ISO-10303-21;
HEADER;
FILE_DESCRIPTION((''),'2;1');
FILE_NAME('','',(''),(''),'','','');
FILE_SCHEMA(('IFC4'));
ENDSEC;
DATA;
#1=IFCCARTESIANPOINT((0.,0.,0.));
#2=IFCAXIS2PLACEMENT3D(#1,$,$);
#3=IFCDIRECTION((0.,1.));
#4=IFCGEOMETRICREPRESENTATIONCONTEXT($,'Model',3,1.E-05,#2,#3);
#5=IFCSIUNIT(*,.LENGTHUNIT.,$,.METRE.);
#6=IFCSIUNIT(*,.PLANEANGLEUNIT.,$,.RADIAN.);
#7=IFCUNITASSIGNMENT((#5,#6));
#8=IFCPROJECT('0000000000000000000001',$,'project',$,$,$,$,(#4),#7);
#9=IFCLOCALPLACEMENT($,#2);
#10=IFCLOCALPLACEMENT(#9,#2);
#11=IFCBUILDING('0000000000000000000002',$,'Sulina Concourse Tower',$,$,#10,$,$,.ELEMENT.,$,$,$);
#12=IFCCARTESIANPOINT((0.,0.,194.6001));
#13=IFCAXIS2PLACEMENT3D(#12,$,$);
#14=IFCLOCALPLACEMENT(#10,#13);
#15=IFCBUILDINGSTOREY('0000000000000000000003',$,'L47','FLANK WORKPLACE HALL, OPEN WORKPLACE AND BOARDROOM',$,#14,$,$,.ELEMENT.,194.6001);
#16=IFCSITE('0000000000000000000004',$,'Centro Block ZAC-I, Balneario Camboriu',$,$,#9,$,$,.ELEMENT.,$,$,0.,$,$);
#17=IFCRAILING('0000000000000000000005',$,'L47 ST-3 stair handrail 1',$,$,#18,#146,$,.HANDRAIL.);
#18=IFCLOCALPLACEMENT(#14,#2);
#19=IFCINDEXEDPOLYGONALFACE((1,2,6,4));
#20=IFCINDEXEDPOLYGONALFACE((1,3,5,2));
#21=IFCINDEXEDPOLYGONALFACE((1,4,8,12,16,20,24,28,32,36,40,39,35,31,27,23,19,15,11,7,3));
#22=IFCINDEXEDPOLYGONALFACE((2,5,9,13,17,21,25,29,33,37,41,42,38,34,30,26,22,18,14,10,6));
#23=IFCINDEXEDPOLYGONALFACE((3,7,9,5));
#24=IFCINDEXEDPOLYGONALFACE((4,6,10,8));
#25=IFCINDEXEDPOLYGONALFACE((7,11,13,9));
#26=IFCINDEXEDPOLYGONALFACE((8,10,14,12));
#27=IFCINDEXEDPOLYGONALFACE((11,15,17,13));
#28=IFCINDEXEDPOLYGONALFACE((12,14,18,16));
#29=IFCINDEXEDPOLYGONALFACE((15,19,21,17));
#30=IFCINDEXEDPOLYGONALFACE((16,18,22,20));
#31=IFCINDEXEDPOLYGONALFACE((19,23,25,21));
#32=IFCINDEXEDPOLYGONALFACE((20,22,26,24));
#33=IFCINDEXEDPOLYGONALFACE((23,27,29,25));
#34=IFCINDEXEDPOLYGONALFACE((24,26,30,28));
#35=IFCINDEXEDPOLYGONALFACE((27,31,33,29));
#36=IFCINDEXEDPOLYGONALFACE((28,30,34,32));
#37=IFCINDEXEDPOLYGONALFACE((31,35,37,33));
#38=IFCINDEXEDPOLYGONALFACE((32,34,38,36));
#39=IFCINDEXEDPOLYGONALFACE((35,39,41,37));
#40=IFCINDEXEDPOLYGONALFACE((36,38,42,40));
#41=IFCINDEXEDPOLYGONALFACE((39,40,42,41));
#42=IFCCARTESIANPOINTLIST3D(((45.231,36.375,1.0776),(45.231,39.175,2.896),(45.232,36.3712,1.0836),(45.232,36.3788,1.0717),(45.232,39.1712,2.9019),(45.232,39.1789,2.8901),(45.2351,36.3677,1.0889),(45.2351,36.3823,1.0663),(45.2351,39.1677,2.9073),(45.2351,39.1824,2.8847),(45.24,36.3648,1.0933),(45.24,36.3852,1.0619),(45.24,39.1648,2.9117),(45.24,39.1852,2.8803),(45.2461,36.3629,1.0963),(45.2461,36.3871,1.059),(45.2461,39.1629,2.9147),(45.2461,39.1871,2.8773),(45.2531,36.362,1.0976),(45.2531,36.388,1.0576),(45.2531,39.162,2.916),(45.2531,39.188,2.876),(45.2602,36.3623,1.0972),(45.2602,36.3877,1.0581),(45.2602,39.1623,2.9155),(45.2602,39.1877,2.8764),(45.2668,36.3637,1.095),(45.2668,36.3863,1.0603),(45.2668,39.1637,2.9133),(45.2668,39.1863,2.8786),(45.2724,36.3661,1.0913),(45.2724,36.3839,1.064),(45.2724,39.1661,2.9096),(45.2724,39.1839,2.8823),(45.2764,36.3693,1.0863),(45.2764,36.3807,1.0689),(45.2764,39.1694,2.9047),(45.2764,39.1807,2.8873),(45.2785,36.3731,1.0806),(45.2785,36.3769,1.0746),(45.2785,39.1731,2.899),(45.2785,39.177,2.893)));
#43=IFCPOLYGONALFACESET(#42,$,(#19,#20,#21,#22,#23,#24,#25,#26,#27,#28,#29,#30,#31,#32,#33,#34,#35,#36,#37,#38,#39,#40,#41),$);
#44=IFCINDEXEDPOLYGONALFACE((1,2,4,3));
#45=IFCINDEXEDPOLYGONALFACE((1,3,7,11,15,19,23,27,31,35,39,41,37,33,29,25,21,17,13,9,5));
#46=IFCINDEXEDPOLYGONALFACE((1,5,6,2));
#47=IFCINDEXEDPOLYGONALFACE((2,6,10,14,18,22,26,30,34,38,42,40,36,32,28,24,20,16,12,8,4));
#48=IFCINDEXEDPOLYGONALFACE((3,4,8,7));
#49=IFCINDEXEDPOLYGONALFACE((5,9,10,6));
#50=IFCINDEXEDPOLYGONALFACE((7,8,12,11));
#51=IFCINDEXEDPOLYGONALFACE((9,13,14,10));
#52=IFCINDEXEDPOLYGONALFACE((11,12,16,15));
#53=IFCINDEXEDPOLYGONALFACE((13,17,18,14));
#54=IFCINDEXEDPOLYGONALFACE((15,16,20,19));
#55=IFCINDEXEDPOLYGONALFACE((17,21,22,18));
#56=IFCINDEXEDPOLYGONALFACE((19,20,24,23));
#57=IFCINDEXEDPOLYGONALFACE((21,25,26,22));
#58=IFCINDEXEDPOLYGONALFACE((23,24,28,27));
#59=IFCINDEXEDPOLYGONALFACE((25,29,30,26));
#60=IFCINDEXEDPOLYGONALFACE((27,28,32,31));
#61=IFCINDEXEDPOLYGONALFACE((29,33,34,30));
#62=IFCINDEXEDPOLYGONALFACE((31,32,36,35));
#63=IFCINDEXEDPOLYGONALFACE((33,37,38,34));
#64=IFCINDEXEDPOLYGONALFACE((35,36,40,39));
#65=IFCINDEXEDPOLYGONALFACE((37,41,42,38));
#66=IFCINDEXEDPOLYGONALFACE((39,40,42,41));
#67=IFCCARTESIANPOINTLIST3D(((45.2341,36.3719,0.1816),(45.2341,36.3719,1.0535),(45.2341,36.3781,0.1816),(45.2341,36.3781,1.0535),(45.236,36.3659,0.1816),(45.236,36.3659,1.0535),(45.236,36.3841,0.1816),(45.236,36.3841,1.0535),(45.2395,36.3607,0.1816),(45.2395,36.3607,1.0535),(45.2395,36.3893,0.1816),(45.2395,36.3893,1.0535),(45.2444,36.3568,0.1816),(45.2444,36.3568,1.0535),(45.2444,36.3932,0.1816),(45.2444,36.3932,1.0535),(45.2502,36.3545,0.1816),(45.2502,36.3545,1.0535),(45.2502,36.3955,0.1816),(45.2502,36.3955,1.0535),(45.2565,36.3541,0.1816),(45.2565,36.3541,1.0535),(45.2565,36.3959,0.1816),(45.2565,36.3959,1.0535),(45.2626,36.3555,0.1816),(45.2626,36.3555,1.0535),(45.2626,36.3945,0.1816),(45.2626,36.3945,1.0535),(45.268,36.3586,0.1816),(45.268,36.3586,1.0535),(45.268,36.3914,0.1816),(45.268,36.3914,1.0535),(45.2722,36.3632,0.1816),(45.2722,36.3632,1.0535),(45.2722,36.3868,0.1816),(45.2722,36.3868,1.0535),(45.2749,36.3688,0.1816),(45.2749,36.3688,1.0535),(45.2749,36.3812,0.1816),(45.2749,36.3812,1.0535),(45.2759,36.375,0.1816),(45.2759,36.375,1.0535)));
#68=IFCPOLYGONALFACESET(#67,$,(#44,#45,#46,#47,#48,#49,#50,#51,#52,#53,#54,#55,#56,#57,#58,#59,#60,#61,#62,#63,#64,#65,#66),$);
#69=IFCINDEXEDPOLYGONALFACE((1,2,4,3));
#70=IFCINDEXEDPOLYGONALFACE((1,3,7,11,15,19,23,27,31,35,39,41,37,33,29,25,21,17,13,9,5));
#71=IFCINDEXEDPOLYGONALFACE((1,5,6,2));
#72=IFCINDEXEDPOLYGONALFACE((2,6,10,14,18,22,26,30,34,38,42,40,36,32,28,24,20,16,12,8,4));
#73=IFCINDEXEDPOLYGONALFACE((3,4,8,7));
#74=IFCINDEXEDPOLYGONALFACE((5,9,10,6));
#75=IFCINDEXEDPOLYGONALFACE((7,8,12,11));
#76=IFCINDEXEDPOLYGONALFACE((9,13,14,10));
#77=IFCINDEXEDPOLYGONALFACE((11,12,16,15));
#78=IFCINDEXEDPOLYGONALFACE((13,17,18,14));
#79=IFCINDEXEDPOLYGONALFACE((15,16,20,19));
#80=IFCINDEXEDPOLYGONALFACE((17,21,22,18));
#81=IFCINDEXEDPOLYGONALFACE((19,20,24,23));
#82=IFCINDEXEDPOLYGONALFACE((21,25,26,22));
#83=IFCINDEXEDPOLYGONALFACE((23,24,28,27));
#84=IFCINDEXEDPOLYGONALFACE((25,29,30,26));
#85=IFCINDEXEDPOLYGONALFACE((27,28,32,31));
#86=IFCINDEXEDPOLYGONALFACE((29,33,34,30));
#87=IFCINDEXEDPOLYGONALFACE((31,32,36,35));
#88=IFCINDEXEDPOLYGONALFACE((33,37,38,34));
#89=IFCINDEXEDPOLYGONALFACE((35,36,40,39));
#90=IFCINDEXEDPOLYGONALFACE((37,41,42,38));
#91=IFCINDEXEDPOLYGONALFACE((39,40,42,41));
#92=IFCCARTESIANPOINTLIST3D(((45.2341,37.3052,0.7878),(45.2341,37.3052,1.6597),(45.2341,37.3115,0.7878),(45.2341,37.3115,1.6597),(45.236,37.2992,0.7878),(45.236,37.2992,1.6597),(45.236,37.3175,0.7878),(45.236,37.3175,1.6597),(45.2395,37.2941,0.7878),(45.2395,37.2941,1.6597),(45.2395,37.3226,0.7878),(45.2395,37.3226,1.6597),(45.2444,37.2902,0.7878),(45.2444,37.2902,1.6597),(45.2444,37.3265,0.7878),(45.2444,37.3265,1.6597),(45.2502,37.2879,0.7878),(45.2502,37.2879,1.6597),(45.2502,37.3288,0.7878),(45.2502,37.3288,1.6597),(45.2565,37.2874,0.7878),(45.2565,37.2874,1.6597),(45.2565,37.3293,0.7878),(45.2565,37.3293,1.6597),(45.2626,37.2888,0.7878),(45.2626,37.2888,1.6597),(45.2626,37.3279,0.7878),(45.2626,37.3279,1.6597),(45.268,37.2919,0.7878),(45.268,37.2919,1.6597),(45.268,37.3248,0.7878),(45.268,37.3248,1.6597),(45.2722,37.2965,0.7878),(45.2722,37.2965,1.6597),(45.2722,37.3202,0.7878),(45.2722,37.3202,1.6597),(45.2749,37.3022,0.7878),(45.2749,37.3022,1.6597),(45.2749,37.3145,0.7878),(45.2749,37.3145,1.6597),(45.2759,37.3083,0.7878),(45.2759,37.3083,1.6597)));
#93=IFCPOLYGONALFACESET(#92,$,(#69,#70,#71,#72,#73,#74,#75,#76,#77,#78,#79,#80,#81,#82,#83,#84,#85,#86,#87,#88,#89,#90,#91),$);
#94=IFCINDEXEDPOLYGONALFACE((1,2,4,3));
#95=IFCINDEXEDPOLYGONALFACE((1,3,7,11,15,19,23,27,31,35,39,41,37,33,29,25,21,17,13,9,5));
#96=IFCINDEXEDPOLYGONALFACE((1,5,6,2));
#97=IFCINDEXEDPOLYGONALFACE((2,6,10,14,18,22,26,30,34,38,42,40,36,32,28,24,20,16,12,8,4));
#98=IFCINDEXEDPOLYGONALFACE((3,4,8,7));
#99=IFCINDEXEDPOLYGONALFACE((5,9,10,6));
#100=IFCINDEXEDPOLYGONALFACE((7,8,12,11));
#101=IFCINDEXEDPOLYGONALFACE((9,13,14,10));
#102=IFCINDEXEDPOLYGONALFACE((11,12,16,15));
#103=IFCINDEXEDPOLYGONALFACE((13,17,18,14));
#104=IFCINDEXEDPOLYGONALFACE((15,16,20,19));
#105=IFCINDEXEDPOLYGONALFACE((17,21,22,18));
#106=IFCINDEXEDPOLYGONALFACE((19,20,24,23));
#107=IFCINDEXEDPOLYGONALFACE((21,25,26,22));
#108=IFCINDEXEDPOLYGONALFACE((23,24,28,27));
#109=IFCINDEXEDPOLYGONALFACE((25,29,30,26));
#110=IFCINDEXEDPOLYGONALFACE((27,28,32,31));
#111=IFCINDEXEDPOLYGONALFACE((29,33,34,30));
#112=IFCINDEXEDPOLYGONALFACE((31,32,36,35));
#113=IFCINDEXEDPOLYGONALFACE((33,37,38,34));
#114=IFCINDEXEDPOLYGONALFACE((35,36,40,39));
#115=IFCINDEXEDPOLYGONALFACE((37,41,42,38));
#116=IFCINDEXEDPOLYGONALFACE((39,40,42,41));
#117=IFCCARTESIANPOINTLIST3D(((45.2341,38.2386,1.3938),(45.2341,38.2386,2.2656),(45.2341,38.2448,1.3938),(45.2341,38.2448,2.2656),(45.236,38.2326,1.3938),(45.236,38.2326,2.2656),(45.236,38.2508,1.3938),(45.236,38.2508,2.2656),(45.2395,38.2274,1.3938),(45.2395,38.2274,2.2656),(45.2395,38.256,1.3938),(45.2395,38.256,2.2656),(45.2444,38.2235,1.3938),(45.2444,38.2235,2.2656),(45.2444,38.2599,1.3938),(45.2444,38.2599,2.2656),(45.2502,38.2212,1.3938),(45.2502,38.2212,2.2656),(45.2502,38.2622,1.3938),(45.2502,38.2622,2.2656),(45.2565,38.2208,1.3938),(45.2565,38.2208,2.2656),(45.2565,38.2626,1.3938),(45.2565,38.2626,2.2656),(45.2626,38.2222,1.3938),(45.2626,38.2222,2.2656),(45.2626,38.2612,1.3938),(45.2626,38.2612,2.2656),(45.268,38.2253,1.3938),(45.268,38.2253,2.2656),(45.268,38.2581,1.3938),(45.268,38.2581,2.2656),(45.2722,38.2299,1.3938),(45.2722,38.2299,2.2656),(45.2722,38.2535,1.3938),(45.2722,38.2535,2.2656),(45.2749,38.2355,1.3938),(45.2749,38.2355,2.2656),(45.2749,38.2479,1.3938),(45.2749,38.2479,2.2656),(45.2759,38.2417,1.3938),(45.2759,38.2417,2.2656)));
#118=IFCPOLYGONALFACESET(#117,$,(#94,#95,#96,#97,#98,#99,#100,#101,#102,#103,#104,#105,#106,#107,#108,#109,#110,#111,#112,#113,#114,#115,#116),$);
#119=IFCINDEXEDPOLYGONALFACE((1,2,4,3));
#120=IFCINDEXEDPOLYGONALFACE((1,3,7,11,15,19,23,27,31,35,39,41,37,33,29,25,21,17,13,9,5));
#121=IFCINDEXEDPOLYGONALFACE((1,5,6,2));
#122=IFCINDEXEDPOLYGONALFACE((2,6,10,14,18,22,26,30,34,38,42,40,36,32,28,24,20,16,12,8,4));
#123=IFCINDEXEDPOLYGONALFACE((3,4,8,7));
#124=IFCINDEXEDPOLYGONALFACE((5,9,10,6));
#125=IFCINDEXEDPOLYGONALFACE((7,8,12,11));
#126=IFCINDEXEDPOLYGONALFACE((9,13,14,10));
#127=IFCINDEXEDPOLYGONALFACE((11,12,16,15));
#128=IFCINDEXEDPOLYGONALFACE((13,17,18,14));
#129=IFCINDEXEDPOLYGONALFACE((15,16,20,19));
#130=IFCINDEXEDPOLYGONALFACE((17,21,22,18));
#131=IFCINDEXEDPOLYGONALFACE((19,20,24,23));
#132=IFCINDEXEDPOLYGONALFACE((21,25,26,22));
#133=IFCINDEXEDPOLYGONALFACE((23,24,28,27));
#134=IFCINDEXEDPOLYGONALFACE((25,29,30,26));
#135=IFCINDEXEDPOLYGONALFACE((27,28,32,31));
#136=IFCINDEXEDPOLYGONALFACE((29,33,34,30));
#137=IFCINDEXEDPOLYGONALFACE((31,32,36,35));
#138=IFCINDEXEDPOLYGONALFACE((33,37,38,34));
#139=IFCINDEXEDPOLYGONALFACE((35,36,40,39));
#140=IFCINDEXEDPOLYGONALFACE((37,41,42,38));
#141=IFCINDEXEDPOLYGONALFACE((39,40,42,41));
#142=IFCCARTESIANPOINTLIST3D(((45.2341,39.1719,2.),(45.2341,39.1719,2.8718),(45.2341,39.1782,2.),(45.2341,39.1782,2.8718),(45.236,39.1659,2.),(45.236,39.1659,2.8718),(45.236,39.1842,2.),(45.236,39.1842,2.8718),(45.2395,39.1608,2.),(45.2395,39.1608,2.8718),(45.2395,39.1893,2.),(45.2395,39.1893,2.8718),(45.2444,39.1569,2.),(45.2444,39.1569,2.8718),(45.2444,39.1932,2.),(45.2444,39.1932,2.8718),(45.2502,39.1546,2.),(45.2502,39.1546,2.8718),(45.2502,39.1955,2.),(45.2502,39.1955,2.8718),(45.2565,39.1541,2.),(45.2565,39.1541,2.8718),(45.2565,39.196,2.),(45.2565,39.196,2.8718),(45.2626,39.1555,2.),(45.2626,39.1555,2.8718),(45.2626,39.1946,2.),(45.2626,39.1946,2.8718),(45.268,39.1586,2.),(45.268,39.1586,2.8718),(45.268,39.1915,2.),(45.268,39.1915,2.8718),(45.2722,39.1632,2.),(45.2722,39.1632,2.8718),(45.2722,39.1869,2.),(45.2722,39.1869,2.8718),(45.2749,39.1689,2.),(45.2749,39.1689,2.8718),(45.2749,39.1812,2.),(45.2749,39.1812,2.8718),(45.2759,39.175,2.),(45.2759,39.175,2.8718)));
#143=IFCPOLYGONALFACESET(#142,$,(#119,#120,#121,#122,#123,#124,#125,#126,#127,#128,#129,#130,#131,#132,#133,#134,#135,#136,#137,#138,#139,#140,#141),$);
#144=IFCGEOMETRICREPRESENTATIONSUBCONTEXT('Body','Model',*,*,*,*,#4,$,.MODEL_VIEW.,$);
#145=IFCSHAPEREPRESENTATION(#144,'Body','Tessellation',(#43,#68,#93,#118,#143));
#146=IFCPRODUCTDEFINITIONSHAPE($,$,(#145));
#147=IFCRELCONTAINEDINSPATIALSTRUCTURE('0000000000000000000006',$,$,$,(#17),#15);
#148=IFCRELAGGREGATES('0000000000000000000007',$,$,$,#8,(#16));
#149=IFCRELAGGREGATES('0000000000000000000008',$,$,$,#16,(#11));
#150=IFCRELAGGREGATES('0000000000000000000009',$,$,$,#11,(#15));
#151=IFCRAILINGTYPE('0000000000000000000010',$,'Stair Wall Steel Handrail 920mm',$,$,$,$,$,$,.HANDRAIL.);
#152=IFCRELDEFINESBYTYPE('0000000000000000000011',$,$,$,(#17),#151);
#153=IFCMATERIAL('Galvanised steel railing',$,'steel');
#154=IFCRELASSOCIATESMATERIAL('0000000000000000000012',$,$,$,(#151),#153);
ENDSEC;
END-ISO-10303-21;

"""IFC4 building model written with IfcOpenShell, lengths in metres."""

from ifc_helpers import new_model, si_unit, direction, frame, origin, origin_2d, place, context, subcontext, project, spatial, circle, extrude, material, type_object, element, save


model = new_model("IFC4")

# Units and contexts
model_context = context("Model", 3, precision=1e-05, world=origin(), true_north=direction((0.0, 1.0)))
body_context = subcontext(model_context, "Body", "Model", "MODEL_VIEW")
ifc_project = project(units=[si_unit("LENGTHUNIT", "METRE"), si_unit("PLANEANGLEUNIT", "RADIAN")], contexts=[model_context])

# Site, building, storey
site_placement = place(None, origin())
site = spatial("IfcSite", under=ifc_project, at=site_placement, Name="Centro Block ZAC-I, Balneario Camboriu", CompositionType="ELEMENT", RefElevation=0.0)
building_placement = place(site_placement, origin())
building = spatial("IfcBuilding", under=site, at=building_placement, Name="Sulina Concourse Tower", CompositionType="ELEMENT")
storey_placement = place(building_placement, frame((0.0, 0.0, 194.6001)))
storey = spatial("IfcBuildingStorey", under=building, at=storey_placement, Name="L47", Description="FLANK WORKPLACE HALL, OPEN WORKPLACE AND BOARDROOM", CompositionType="ELEMENT", Elevation=194.6001)

# Railing
ifc_material_1 = material(Name="Galvanised steel railing", Category="steel")
railing_type_1 = type_object("IfcRailingType", Name="Stair Wall Steel Handrail 920mm", PredefinedType="HANDRAIL", material=ifc_material_1)
railing_1_placement = place(storey_placement, frame((45.2549, 36.375, 0.1816)))
element("IfcRailing", 1, at=railing_1_placement, inside=storey, type_object=railing_type_1, Name="L47 ST-3 stair handrail 1", PredefinedType="HANDRAIL", context=body_context, shape_type="SweptSolid", body=[
    extrude(circle(Radius=0.0239, at=origin_2d()), frame((0.0, 0.0, 0.896), z_axis=(0.0, 0.838672, 0.544636), x_axis=(-1.0, 0.0, 0.0)), (0.0, 0.0, 1.0), 3.3386),
    extrude(circle(Radius=0.021, at=origin_2d()), origin(), (0.0, 0.0, 1.0), 0.8718),
    extrude(circle(Radius=0.021, at=origin_2d()), frame((0.0, 0.9333, 0.6062)), (0.0, 0.0, 1.0), 0.8718),
    extrude(circle(Radius=0.021, at=origin_2d()), frame((0.0, 1.8667, 1.2122)), (0.0, 0.0, 1.0), 0.8718),
    extrude(circle(Radius=0.021, at=origin_2d()), frame((0.0, 2.8, 1.8184)), (0.0, 0.0, 1.0), 0.8718),
])

save(model, "model.ifc")
